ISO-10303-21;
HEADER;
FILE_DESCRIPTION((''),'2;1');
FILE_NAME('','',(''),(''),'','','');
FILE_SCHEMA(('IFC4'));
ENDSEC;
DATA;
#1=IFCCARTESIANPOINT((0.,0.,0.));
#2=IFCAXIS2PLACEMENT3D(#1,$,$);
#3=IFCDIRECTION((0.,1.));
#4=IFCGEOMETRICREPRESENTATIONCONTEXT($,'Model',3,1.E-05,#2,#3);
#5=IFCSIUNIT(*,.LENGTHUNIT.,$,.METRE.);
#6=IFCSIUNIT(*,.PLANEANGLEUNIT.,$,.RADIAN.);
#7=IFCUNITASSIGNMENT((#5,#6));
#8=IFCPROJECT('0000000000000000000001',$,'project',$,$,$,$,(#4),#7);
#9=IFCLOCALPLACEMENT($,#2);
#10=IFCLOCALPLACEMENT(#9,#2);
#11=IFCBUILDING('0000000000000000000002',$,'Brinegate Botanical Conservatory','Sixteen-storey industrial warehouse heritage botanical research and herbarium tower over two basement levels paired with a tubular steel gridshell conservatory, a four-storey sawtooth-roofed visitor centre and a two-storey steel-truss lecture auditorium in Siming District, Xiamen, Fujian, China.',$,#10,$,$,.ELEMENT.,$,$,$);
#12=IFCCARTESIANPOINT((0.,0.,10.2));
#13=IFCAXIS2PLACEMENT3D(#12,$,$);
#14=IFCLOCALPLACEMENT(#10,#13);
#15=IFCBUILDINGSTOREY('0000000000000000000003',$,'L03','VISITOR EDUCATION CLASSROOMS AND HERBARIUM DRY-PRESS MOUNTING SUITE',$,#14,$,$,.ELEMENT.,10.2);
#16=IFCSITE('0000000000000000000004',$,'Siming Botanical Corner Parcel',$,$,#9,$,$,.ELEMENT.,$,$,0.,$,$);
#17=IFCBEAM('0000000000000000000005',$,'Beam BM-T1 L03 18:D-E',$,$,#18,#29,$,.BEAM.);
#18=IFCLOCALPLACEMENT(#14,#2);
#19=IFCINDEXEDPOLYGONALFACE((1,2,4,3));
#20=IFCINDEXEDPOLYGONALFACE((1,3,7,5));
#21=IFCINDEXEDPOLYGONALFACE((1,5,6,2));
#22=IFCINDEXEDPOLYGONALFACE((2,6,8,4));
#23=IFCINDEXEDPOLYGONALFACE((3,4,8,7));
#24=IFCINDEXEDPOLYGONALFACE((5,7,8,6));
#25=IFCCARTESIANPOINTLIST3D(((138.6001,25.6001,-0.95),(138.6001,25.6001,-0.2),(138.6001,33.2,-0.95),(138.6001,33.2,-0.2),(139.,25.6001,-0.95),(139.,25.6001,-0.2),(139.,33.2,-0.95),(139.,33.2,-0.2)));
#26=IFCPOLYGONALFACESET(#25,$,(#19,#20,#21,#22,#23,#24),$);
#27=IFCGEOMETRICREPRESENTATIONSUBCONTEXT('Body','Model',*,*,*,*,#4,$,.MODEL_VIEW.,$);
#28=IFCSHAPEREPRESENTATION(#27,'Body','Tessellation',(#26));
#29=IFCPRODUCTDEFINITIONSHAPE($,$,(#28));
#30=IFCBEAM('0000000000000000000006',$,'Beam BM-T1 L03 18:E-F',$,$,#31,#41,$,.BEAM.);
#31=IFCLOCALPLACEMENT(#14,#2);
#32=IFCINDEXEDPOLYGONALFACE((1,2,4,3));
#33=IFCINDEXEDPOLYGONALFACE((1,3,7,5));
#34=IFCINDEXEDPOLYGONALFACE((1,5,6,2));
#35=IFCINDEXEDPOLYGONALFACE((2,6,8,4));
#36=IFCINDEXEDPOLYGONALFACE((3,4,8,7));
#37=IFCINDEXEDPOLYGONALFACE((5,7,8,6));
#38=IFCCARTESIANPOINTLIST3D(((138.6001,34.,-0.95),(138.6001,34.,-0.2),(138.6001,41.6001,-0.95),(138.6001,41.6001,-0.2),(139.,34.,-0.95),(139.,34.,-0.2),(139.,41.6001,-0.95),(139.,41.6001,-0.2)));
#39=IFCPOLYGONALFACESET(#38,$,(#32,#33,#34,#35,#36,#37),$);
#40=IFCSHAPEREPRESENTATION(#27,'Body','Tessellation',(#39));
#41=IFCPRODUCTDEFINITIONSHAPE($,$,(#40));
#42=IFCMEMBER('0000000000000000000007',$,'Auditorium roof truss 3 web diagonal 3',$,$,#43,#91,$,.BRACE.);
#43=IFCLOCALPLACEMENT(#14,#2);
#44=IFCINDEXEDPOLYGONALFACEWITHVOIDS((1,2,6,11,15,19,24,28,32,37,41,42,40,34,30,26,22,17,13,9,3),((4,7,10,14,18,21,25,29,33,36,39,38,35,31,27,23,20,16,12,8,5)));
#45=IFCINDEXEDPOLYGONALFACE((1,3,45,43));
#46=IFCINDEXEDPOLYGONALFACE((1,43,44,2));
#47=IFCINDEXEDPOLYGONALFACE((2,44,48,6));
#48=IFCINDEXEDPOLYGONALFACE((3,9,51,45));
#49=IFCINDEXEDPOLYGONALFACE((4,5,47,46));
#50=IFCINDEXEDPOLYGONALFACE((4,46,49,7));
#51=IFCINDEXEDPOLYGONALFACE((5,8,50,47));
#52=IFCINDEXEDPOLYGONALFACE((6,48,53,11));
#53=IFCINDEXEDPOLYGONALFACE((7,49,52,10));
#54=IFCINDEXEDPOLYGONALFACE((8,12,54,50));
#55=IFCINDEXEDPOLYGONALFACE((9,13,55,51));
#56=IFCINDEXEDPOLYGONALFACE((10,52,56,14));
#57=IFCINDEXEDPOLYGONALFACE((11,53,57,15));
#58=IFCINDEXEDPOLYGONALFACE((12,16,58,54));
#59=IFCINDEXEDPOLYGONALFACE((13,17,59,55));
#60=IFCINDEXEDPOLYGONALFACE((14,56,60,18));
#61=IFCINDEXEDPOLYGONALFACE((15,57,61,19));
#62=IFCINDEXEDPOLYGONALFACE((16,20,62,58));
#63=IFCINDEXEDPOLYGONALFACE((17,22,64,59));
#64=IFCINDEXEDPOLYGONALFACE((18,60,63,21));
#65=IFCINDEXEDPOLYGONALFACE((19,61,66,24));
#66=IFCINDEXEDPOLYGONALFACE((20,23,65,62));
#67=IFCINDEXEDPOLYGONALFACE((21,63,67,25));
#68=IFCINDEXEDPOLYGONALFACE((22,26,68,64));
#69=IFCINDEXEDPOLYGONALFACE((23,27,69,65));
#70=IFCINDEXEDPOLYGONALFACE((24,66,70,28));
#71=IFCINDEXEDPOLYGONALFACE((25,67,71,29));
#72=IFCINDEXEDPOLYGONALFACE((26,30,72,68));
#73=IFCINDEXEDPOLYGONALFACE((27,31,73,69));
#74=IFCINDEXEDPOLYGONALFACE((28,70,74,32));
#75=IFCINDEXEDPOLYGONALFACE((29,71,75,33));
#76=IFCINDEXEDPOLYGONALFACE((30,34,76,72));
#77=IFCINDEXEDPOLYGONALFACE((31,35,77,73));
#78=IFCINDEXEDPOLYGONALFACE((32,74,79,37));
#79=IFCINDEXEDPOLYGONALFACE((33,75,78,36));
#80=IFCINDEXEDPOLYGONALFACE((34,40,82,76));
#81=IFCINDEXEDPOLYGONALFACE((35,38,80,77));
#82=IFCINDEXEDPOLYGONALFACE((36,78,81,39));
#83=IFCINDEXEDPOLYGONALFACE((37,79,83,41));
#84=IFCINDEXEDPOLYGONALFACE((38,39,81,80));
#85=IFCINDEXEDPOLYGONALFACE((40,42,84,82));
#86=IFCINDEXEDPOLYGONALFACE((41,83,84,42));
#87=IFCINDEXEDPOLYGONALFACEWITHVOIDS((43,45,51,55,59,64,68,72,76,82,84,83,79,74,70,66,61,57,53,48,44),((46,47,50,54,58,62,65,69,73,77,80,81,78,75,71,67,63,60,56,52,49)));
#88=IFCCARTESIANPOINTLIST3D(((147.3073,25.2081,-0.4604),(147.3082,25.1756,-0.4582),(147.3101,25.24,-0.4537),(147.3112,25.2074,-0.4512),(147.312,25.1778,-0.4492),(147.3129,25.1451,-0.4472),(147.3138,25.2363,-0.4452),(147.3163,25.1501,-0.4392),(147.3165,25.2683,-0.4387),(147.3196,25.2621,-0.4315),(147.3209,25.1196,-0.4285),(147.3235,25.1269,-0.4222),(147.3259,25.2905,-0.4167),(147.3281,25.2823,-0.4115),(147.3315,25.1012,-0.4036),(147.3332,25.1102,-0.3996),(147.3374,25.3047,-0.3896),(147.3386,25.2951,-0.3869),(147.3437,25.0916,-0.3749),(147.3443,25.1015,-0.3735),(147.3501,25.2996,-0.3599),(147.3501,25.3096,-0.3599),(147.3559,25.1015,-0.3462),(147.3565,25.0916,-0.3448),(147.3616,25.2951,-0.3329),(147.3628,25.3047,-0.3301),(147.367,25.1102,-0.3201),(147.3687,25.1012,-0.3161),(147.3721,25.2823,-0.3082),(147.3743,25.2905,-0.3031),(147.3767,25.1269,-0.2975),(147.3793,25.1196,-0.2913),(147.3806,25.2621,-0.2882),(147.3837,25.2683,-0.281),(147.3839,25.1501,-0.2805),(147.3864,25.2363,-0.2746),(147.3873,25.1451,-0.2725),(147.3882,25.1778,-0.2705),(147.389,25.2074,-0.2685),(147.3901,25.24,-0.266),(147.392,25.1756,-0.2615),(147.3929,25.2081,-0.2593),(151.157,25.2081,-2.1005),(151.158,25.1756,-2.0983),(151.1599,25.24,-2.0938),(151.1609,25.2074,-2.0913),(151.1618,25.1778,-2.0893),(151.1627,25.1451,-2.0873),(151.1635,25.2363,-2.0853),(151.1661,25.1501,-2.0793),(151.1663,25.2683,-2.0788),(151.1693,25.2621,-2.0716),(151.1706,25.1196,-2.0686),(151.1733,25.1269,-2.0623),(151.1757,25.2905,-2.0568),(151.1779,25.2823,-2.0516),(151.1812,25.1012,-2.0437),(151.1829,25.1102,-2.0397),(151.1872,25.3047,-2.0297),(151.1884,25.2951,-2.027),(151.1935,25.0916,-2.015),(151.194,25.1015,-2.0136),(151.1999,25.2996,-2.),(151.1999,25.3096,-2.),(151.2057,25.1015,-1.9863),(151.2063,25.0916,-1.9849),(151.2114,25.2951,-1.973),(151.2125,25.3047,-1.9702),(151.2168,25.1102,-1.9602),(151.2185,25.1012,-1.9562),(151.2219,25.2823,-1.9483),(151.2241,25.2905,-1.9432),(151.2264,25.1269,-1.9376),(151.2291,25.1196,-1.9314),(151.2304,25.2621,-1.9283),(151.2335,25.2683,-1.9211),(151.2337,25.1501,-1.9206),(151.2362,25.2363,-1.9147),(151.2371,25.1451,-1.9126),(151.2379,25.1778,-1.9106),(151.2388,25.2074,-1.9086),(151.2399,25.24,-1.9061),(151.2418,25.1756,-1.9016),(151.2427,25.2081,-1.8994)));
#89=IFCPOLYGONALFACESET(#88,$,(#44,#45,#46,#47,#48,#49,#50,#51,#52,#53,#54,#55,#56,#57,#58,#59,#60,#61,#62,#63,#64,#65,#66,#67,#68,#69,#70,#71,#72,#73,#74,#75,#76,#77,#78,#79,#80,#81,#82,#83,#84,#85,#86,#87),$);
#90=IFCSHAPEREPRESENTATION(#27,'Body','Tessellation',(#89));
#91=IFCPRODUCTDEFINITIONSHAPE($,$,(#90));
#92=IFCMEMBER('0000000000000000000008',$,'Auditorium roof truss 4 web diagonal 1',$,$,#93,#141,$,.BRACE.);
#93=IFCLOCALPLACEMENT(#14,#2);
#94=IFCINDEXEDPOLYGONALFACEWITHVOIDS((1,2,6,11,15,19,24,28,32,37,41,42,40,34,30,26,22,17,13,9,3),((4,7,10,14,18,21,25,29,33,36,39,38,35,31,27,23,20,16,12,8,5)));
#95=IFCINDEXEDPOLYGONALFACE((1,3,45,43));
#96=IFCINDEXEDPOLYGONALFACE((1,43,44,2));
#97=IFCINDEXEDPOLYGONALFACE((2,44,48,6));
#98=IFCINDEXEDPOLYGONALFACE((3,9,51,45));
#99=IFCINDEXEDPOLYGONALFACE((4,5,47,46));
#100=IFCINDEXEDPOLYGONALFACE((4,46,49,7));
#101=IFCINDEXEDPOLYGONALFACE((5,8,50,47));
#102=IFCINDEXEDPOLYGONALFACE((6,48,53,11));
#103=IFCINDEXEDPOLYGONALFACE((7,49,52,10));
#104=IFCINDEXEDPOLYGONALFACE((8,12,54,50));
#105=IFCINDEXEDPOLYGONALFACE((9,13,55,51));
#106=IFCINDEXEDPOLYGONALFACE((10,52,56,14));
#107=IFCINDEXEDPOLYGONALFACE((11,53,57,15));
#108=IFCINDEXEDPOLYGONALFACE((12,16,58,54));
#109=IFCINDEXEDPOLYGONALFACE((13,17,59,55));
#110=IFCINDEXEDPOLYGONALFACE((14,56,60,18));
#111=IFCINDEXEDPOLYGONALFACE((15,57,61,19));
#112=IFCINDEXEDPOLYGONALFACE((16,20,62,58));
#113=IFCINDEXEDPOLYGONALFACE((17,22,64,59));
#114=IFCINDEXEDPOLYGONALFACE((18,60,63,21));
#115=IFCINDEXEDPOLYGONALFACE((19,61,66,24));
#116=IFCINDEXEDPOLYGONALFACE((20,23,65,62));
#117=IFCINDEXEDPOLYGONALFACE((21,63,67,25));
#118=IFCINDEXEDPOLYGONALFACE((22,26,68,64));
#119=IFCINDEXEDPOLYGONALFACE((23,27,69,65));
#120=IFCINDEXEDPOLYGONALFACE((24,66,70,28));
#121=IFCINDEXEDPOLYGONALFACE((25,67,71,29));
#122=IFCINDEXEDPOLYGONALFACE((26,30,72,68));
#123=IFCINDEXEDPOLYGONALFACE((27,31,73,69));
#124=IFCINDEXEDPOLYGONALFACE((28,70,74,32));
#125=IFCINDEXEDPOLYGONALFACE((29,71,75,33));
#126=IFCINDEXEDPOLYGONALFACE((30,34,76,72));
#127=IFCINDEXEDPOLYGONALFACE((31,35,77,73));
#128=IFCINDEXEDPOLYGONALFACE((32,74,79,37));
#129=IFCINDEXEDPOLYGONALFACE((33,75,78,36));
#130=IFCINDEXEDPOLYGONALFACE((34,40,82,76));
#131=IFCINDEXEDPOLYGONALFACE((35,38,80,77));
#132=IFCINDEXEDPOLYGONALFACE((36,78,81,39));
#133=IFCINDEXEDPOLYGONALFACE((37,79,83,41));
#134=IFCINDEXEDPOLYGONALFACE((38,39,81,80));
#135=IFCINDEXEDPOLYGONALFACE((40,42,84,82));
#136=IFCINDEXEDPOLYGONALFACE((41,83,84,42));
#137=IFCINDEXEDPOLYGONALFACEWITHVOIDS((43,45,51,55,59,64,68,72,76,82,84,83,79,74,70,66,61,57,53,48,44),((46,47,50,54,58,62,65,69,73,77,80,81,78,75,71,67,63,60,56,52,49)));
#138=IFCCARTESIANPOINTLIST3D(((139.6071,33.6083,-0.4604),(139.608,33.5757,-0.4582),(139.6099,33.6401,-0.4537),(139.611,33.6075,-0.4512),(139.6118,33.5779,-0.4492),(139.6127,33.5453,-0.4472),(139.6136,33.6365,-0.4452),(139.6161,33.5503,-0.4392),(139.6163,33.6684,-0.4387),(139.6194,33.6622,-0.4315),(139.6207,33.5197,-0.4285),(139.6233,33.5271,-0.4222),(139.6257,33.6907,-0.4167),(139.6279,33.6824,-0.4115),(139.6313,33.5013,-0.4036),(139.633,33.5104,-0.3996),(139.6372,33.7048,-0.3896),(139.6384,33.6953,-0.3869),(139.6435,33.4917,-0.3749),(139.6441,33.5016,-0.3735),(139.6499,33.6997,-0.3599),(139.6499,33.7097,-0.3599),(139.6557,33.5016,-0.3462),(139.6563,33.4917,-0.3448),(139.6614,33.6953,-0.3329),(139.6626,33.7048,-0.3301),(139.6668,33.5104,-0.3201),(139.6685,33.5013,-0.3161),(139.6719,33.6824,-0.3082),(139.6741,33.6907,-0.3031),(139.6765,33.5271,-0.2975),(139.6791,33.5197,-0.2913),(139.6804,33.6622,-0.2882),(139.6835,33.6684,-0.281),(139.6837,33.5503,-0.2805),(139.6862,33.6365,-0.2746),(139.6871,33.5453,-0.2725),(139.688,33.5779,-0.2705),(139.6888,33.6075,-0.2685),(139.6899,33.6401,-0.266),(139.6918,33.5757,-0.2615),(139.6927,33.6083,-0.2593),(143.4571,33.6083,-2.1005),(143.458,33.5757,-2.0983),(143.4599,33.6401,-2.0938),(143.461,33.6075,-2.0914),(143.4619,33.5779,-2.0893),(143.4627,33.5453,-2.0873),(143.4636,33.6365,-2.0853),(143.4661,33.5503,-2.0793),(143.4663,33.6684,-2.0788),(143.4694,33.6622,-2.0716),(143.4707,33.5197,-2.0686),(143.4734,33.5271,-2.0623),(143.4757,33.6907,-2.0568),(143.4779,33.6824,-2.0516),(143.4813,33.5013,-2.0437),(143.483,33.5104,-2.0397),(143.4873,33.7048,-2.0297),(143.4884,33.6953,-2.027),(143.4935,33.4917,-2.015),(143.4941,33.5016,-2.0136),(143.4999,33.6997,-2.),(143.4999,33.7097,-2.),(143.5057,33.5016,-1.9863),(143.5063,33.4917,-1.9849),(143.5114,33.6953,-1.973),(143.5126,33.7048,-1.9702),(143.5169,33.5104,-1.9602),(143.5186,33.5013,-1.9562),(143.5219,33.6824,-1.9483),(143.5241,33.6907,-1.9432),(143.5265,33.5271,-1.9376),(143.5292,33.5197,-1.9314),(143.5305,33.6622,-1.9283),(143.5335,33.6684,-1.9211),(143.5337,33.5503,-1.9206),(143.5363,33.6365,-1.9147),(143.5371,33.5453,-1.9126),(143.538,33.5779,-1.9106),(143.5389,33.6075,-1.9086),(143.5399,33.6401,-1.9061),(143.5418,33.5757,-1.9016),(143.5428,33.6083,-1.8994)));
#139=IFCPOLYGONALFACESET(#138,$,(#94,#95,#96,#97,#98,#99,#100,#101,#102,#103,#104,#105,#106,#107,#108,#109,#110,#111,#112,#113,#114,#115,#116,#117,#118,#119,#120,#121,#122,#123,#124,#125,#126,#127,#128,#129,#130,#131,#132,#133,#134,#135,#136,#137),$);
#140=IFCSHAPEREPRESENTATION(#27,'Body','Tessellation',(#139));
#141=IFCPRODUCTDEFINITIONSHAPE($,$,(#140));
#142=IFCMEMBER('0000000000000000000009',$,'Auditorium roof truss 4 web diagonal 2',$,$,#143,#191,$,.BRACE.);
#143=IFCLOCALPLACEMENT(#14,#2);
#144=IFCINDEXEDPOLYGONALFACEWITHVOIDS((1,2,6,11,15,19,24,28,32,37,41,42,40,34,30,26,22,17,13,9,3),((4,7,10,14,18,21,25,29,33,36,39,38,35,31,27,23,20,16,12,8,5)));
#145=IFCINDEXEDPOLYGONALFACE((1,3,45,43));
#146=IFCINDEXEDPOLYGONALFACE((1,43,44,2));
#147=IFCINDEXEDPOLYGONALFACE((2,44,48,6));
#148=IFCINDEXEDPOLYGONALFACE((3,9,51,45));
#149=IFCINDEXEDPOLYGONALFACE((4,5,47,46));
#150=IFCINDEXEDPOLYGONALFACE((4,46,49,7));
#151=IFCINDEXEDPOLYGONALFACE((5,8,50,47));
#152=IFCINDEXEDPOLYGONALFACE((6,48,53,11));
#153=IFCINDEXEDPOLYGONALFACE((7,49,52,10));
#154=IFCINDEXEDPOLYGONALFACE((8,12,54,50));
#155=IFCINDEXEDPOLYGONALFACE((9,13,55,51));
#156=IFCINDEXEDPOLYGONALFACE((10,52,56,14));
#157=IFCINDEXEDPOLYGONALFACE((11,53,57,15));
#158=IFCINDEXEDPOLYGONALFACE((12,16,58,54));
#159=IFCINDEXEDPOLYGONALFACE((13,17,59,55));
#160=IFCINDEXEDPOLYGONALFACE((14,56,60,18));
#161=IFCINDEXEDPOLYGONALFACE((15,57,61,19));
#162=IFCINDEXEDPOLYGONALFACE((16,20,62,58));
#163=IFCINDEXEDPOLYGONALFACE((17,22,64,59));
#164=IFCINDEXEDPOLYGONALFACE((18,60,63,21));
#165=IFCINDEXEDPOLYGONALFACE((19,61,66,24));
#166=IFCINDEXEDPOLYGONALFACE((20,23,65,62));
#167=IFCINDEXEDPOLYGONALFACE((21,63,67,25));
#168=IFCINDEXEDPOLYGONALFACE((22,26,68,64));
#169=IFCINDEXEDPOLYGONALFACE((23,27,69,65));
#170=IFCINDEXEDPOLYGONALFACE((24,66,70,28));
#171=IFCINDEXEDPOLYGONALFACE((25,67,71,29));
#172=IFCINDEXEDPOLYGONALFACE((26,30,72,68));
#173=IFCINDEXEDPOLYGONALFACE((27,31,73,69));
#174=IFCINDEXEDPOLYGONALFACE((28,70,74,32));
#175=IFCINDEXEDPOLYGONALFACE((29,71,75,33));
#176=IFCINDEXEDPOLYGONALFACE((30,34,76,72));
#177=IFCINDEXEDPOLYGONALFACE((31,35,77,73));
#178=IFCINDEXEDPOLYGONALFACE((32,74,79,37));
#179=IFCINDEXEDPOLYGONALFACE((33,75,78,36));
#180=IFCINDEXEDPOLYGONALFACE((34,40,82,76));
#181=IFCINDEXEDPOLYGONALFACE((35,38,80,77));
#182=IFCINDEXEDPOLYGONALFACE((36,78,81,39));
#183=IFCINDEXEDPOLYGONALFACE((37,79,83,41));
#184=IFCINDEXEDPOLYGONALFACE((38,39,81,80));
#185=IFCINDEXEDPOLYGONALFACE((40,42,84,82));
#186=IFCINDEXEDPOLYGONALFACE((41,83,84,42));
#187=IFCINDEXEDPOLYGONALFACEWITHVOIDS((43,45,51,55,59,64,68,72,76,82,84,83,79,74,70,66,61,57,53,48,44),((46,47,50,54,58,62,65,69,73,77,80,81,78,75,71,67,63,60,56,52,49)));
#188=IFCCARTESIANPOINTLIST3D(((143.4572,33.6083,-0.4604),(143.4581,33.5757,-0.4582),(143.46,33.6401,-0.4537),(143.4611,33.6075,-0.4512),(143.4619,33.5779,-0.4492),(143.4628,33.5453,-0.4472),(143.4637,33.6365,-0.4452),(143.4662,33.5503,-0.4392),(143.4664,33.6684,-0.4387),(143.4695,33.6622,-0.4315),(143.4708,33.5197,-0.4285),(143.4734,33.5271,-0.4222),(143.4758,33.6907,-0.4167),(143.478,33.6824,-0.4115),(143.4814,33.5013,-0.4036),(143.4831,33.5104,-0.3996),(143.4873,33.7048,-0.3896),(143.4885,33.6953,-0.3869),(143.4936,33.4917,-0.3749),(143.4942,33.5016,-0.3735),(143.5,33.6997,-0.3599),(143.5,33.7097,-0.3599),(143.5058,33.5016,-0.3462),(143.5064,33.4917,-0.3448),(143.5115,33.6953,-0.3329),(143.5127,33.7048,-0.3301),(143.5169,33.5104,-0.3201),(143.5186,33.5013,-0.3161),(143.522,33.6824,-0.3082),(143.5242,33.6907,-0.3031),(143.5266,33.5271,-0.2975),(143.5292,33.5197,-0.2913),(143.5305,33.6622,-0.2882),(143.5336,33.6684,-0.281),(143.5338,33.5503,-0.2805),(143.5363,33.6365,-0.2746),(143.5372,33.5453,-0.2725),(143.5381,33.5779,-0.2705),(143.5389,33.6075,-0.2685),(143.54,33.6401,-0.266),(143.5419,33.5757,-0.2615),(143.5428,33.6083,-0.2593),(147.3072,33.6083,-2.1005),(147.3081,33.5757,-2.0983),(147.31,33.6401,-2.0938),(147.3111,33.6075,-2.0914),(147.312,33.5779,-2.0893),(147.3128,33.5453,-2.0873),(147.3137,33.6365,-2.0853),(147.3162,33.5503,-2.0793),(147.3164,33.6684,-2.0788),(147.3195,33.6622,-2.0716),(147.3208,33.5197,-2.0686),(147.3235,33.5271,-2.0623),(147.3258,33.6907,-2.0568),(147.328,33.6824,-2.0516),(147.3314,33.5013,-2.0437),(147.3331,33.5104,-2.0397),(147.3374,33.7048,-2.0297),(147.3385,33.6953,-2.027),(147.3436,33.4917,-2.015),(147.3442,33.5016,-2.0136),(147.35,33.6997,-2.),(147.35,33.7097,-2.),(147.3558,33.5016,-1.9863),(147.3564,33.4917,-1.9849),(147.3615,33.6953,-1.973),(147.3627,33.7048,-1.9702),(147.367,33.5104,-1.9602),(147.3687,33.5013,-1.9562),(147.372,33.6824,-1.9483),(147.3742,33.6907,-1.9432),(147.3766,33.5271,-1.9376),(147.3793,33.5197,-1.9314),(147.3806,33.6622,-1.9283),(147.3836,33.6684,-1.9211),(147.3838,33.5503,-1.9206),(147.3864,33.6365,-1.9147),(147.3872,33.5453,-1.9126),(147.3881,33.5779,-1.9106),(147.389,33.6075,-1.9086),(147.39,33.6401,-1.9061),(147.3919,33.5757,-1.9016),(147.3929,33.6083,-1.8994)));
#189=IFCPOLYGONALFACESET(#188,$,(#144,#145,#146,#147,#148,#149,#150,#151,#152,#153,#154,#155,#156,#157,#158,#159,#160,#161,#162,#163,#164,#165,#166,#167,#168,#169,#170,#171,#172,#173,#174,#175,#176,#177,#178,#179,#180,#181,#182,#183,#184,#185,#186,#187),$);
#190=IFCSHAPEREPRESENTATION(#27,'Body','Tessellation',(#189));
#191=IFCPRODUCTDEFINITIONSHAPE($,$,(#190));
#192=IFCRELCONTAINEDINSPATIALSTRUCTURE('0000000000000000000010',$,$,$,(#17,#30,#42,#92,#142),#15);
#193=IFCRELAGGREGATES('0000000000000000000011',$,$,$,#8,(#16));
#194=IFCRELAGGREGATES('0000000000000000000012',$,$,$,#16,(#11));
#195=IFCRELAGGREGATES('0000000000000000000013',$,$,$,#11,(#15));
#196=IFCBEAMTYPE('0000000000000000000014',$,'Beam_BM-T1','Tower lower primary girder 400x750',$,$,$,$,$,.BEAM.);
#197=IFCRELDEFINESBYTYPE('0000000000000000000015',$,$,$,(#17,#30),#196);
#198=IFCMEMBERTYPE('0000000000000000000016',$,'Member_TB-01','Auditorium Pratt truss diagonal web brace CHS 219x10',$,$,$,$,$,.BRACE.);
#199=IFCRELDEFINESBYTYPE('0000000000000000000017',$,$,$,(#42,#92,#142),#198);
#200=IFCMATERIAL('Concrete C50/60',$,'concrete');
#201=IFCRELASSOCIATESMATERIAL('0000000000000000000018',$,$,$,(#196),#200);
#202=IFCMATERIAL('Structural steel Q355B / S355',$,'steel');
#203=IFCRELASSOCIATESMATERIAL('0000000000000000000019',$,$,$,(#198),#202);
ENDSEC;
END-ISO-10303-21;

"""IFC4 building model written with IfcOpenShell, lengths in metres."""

from ifc_helpers import new_model, si_unit, direction, frame, origin, origin_2d, place, context, subcontext, project, spatial, rectangle, hollow_circle, extrude, material, material_profile, profile_set, type_object, element, save


model = new_model("IFC4")

# Units and contexts
model_context = context("Model", 3, precision=1e-05, world=origin(), true_north=direction((0.0, 1.0)))
body_context = subcontext(model_context, "Body", "Model", "MODEL_VIEW")
ifc_project = project(units=[si_unit("LENGTHUNIT", "METRE"), si_unit("PLANEANGLEUNIT", "RADIAN")], contexts=[model_context])

# Site, building, storey
site_placement = place(None, origin())
site = spatial("IfcSite", under=ifc_project, at=site_placement, Name="Siming Botanical Corner Parcel", CompositionType="ELEMENT", RefElevation=0.0)
building_placement = place(site_placement, origin())
building = spatial("IfcBuilding", under=site, at=building_placement, Name="Brinegate Botanical Conservatory", Description="Sixteen-storey industrial warehouse heritage botanical research and herbarium tower over two basement levels paired with a tubular steel gridshell conservatory, a four-storey sawtooth-roofed visitor centre and a two-storey steel-truss lecture auditorium in Siming District, Xiamen, Fujian, China.", CompositionType="ELEMENT")
storey_placement = place(building_placement, frame((0.0, 0.0, 10.2)))
storey = spatial("IfcBuildingStorey", under=building, at=storey_placement, Name="L03", Description="VISITOR EDUCATION CLASSROOMS AND HERBARIUM DRY-PRESS MOUNTING SUITE", CompositionType="ELEMENT", Elevation=10.2)

# Beams
ifc_material_1 = material(Name="Concrete C50/60", Category="concrete")
ifc_material_profile_1 = material_profile(ifc_material_1, rectangle(XDim=0.3999, YDim=0.75, at=origin_2d()), Name="RC BM 400x750")
ifc_profile_set_1 = profile_set([ifc_material_profile_1], Name="Concrete C50/60")
beam_type = type_object("IfcBeamType", Name="Beam_BM-T1", Description="Tower lower primary girder 400x750", PredefinedType="BEAM", material=ifc_profile_set_1)
beam_1_placement = place(storey_placement, frame((138.8, 25.6001, -0.575), z_axis=(0.0, 1.0, 0.0), x_axis=(-1.0, 0.0, 0.0)))
element("IfcBeam", 1, at=beam_1_placement, inside=storey, type_object=beam_type, Name="Beam BM-T1 L03 18:D-E", PredefinedType="BEAM", context=body_context, shape_type="SweptSolid", body=[
    extrude(rectangle(XDim=0.3999, YDim=0.75, at=origin_2d()), origin(), (0.0, 0.0, 1.0), 7.5999),
])
beam_2_placement = place(storey_placement, frame((138.8, 34.0, -0.575), z_axis=(0.0, 1.0, 0.0), x_axis=(-1.0, 0.0, 0.0)))
element("IfcBeam", 2, at=beam_2_placement, inside=storey, type_object=beam_type, Name="Beam BM-T1 L03 18:E-F", PredefinedType="BEAM", context=body_context, shape_type="SweptSolid", body=[
    extrude(rectangle(XDim=0.3999, YDim=0.75, at=origin_2d()), origin(), (0.0, 0.0, 1.0), 7.6001),
])

# Members
ifc_material_2 = material(Name="Structural steel Q355B / S355", Category="steel")
ifc_material_profile_2 = material_profile(ifc_material_2, hollow_circle(Radius=0.1096, WallThickness=0.01, at=origin_2d()), Name="CHS 219x10")
ifc_profile_set_2 = profile_set([ifc_material_profile_2], Name="Structural steel Q355B / S355")
member_type_1 = type_object("IfcMemberType", Name="Member_TB-01", Description="Auditorium Pratt truss diagonal web brace CHS 219x10", PredefinedType="BRACE", material=ifc_profile_set_2)
member_1_placement = place(storey_placement, frame((147.3501, 25.2, -0.3599), z_axis=(0.919991, 0.0, -0.39194), x_axis=(0.0, 1.0, 0.0)))
element("IfcMember", 3, at=member_1_placement, inside=storey, type_object=member_type_1, Name="Auditorium roof truss 3 web diagonal 3", PredefinedType="BRACE", context=body_context, shape_type="SweptSolid", body=[
    extrude(hollow_circle(Radius=0.1096, WallThickness=0.01, at=origin_2d()), origin(), (0.0, 0.0, 1.0), 4.1846),
])
for number, where, z_axis, x_axis, name in (
    (4, (139.6499, 33.6001, -0.3599), (0.92, 0.0, -0.391919), (0.0, 1.0, 0.0), "Auditorium roof truss 4 web diagonal 1"),
    (5, (143.5, 33.6001, -0.3599), (0.92, 0.0, -0.391919), (0.0, 1.0, 0.0), "Auditorium roof truss 4 web diagonal 2"),
):
    element("IfcMember", number, at=place(storey_placement, frame(where, z_axis=z_axis, x_axis=x_axis)), inside=storey, type_object=member_type_1, Name=name, PredefinedType="BRACE", context=body_context, shape_type="SweptSolid", body=[
        extrude(hollow_circle(Radius=0.1096, WallThickness=0.01, at=origin_2d()), origin(), (0.0, 0.0, 1.0), 4.1848),
    ])

save(model, "model.ifc")
